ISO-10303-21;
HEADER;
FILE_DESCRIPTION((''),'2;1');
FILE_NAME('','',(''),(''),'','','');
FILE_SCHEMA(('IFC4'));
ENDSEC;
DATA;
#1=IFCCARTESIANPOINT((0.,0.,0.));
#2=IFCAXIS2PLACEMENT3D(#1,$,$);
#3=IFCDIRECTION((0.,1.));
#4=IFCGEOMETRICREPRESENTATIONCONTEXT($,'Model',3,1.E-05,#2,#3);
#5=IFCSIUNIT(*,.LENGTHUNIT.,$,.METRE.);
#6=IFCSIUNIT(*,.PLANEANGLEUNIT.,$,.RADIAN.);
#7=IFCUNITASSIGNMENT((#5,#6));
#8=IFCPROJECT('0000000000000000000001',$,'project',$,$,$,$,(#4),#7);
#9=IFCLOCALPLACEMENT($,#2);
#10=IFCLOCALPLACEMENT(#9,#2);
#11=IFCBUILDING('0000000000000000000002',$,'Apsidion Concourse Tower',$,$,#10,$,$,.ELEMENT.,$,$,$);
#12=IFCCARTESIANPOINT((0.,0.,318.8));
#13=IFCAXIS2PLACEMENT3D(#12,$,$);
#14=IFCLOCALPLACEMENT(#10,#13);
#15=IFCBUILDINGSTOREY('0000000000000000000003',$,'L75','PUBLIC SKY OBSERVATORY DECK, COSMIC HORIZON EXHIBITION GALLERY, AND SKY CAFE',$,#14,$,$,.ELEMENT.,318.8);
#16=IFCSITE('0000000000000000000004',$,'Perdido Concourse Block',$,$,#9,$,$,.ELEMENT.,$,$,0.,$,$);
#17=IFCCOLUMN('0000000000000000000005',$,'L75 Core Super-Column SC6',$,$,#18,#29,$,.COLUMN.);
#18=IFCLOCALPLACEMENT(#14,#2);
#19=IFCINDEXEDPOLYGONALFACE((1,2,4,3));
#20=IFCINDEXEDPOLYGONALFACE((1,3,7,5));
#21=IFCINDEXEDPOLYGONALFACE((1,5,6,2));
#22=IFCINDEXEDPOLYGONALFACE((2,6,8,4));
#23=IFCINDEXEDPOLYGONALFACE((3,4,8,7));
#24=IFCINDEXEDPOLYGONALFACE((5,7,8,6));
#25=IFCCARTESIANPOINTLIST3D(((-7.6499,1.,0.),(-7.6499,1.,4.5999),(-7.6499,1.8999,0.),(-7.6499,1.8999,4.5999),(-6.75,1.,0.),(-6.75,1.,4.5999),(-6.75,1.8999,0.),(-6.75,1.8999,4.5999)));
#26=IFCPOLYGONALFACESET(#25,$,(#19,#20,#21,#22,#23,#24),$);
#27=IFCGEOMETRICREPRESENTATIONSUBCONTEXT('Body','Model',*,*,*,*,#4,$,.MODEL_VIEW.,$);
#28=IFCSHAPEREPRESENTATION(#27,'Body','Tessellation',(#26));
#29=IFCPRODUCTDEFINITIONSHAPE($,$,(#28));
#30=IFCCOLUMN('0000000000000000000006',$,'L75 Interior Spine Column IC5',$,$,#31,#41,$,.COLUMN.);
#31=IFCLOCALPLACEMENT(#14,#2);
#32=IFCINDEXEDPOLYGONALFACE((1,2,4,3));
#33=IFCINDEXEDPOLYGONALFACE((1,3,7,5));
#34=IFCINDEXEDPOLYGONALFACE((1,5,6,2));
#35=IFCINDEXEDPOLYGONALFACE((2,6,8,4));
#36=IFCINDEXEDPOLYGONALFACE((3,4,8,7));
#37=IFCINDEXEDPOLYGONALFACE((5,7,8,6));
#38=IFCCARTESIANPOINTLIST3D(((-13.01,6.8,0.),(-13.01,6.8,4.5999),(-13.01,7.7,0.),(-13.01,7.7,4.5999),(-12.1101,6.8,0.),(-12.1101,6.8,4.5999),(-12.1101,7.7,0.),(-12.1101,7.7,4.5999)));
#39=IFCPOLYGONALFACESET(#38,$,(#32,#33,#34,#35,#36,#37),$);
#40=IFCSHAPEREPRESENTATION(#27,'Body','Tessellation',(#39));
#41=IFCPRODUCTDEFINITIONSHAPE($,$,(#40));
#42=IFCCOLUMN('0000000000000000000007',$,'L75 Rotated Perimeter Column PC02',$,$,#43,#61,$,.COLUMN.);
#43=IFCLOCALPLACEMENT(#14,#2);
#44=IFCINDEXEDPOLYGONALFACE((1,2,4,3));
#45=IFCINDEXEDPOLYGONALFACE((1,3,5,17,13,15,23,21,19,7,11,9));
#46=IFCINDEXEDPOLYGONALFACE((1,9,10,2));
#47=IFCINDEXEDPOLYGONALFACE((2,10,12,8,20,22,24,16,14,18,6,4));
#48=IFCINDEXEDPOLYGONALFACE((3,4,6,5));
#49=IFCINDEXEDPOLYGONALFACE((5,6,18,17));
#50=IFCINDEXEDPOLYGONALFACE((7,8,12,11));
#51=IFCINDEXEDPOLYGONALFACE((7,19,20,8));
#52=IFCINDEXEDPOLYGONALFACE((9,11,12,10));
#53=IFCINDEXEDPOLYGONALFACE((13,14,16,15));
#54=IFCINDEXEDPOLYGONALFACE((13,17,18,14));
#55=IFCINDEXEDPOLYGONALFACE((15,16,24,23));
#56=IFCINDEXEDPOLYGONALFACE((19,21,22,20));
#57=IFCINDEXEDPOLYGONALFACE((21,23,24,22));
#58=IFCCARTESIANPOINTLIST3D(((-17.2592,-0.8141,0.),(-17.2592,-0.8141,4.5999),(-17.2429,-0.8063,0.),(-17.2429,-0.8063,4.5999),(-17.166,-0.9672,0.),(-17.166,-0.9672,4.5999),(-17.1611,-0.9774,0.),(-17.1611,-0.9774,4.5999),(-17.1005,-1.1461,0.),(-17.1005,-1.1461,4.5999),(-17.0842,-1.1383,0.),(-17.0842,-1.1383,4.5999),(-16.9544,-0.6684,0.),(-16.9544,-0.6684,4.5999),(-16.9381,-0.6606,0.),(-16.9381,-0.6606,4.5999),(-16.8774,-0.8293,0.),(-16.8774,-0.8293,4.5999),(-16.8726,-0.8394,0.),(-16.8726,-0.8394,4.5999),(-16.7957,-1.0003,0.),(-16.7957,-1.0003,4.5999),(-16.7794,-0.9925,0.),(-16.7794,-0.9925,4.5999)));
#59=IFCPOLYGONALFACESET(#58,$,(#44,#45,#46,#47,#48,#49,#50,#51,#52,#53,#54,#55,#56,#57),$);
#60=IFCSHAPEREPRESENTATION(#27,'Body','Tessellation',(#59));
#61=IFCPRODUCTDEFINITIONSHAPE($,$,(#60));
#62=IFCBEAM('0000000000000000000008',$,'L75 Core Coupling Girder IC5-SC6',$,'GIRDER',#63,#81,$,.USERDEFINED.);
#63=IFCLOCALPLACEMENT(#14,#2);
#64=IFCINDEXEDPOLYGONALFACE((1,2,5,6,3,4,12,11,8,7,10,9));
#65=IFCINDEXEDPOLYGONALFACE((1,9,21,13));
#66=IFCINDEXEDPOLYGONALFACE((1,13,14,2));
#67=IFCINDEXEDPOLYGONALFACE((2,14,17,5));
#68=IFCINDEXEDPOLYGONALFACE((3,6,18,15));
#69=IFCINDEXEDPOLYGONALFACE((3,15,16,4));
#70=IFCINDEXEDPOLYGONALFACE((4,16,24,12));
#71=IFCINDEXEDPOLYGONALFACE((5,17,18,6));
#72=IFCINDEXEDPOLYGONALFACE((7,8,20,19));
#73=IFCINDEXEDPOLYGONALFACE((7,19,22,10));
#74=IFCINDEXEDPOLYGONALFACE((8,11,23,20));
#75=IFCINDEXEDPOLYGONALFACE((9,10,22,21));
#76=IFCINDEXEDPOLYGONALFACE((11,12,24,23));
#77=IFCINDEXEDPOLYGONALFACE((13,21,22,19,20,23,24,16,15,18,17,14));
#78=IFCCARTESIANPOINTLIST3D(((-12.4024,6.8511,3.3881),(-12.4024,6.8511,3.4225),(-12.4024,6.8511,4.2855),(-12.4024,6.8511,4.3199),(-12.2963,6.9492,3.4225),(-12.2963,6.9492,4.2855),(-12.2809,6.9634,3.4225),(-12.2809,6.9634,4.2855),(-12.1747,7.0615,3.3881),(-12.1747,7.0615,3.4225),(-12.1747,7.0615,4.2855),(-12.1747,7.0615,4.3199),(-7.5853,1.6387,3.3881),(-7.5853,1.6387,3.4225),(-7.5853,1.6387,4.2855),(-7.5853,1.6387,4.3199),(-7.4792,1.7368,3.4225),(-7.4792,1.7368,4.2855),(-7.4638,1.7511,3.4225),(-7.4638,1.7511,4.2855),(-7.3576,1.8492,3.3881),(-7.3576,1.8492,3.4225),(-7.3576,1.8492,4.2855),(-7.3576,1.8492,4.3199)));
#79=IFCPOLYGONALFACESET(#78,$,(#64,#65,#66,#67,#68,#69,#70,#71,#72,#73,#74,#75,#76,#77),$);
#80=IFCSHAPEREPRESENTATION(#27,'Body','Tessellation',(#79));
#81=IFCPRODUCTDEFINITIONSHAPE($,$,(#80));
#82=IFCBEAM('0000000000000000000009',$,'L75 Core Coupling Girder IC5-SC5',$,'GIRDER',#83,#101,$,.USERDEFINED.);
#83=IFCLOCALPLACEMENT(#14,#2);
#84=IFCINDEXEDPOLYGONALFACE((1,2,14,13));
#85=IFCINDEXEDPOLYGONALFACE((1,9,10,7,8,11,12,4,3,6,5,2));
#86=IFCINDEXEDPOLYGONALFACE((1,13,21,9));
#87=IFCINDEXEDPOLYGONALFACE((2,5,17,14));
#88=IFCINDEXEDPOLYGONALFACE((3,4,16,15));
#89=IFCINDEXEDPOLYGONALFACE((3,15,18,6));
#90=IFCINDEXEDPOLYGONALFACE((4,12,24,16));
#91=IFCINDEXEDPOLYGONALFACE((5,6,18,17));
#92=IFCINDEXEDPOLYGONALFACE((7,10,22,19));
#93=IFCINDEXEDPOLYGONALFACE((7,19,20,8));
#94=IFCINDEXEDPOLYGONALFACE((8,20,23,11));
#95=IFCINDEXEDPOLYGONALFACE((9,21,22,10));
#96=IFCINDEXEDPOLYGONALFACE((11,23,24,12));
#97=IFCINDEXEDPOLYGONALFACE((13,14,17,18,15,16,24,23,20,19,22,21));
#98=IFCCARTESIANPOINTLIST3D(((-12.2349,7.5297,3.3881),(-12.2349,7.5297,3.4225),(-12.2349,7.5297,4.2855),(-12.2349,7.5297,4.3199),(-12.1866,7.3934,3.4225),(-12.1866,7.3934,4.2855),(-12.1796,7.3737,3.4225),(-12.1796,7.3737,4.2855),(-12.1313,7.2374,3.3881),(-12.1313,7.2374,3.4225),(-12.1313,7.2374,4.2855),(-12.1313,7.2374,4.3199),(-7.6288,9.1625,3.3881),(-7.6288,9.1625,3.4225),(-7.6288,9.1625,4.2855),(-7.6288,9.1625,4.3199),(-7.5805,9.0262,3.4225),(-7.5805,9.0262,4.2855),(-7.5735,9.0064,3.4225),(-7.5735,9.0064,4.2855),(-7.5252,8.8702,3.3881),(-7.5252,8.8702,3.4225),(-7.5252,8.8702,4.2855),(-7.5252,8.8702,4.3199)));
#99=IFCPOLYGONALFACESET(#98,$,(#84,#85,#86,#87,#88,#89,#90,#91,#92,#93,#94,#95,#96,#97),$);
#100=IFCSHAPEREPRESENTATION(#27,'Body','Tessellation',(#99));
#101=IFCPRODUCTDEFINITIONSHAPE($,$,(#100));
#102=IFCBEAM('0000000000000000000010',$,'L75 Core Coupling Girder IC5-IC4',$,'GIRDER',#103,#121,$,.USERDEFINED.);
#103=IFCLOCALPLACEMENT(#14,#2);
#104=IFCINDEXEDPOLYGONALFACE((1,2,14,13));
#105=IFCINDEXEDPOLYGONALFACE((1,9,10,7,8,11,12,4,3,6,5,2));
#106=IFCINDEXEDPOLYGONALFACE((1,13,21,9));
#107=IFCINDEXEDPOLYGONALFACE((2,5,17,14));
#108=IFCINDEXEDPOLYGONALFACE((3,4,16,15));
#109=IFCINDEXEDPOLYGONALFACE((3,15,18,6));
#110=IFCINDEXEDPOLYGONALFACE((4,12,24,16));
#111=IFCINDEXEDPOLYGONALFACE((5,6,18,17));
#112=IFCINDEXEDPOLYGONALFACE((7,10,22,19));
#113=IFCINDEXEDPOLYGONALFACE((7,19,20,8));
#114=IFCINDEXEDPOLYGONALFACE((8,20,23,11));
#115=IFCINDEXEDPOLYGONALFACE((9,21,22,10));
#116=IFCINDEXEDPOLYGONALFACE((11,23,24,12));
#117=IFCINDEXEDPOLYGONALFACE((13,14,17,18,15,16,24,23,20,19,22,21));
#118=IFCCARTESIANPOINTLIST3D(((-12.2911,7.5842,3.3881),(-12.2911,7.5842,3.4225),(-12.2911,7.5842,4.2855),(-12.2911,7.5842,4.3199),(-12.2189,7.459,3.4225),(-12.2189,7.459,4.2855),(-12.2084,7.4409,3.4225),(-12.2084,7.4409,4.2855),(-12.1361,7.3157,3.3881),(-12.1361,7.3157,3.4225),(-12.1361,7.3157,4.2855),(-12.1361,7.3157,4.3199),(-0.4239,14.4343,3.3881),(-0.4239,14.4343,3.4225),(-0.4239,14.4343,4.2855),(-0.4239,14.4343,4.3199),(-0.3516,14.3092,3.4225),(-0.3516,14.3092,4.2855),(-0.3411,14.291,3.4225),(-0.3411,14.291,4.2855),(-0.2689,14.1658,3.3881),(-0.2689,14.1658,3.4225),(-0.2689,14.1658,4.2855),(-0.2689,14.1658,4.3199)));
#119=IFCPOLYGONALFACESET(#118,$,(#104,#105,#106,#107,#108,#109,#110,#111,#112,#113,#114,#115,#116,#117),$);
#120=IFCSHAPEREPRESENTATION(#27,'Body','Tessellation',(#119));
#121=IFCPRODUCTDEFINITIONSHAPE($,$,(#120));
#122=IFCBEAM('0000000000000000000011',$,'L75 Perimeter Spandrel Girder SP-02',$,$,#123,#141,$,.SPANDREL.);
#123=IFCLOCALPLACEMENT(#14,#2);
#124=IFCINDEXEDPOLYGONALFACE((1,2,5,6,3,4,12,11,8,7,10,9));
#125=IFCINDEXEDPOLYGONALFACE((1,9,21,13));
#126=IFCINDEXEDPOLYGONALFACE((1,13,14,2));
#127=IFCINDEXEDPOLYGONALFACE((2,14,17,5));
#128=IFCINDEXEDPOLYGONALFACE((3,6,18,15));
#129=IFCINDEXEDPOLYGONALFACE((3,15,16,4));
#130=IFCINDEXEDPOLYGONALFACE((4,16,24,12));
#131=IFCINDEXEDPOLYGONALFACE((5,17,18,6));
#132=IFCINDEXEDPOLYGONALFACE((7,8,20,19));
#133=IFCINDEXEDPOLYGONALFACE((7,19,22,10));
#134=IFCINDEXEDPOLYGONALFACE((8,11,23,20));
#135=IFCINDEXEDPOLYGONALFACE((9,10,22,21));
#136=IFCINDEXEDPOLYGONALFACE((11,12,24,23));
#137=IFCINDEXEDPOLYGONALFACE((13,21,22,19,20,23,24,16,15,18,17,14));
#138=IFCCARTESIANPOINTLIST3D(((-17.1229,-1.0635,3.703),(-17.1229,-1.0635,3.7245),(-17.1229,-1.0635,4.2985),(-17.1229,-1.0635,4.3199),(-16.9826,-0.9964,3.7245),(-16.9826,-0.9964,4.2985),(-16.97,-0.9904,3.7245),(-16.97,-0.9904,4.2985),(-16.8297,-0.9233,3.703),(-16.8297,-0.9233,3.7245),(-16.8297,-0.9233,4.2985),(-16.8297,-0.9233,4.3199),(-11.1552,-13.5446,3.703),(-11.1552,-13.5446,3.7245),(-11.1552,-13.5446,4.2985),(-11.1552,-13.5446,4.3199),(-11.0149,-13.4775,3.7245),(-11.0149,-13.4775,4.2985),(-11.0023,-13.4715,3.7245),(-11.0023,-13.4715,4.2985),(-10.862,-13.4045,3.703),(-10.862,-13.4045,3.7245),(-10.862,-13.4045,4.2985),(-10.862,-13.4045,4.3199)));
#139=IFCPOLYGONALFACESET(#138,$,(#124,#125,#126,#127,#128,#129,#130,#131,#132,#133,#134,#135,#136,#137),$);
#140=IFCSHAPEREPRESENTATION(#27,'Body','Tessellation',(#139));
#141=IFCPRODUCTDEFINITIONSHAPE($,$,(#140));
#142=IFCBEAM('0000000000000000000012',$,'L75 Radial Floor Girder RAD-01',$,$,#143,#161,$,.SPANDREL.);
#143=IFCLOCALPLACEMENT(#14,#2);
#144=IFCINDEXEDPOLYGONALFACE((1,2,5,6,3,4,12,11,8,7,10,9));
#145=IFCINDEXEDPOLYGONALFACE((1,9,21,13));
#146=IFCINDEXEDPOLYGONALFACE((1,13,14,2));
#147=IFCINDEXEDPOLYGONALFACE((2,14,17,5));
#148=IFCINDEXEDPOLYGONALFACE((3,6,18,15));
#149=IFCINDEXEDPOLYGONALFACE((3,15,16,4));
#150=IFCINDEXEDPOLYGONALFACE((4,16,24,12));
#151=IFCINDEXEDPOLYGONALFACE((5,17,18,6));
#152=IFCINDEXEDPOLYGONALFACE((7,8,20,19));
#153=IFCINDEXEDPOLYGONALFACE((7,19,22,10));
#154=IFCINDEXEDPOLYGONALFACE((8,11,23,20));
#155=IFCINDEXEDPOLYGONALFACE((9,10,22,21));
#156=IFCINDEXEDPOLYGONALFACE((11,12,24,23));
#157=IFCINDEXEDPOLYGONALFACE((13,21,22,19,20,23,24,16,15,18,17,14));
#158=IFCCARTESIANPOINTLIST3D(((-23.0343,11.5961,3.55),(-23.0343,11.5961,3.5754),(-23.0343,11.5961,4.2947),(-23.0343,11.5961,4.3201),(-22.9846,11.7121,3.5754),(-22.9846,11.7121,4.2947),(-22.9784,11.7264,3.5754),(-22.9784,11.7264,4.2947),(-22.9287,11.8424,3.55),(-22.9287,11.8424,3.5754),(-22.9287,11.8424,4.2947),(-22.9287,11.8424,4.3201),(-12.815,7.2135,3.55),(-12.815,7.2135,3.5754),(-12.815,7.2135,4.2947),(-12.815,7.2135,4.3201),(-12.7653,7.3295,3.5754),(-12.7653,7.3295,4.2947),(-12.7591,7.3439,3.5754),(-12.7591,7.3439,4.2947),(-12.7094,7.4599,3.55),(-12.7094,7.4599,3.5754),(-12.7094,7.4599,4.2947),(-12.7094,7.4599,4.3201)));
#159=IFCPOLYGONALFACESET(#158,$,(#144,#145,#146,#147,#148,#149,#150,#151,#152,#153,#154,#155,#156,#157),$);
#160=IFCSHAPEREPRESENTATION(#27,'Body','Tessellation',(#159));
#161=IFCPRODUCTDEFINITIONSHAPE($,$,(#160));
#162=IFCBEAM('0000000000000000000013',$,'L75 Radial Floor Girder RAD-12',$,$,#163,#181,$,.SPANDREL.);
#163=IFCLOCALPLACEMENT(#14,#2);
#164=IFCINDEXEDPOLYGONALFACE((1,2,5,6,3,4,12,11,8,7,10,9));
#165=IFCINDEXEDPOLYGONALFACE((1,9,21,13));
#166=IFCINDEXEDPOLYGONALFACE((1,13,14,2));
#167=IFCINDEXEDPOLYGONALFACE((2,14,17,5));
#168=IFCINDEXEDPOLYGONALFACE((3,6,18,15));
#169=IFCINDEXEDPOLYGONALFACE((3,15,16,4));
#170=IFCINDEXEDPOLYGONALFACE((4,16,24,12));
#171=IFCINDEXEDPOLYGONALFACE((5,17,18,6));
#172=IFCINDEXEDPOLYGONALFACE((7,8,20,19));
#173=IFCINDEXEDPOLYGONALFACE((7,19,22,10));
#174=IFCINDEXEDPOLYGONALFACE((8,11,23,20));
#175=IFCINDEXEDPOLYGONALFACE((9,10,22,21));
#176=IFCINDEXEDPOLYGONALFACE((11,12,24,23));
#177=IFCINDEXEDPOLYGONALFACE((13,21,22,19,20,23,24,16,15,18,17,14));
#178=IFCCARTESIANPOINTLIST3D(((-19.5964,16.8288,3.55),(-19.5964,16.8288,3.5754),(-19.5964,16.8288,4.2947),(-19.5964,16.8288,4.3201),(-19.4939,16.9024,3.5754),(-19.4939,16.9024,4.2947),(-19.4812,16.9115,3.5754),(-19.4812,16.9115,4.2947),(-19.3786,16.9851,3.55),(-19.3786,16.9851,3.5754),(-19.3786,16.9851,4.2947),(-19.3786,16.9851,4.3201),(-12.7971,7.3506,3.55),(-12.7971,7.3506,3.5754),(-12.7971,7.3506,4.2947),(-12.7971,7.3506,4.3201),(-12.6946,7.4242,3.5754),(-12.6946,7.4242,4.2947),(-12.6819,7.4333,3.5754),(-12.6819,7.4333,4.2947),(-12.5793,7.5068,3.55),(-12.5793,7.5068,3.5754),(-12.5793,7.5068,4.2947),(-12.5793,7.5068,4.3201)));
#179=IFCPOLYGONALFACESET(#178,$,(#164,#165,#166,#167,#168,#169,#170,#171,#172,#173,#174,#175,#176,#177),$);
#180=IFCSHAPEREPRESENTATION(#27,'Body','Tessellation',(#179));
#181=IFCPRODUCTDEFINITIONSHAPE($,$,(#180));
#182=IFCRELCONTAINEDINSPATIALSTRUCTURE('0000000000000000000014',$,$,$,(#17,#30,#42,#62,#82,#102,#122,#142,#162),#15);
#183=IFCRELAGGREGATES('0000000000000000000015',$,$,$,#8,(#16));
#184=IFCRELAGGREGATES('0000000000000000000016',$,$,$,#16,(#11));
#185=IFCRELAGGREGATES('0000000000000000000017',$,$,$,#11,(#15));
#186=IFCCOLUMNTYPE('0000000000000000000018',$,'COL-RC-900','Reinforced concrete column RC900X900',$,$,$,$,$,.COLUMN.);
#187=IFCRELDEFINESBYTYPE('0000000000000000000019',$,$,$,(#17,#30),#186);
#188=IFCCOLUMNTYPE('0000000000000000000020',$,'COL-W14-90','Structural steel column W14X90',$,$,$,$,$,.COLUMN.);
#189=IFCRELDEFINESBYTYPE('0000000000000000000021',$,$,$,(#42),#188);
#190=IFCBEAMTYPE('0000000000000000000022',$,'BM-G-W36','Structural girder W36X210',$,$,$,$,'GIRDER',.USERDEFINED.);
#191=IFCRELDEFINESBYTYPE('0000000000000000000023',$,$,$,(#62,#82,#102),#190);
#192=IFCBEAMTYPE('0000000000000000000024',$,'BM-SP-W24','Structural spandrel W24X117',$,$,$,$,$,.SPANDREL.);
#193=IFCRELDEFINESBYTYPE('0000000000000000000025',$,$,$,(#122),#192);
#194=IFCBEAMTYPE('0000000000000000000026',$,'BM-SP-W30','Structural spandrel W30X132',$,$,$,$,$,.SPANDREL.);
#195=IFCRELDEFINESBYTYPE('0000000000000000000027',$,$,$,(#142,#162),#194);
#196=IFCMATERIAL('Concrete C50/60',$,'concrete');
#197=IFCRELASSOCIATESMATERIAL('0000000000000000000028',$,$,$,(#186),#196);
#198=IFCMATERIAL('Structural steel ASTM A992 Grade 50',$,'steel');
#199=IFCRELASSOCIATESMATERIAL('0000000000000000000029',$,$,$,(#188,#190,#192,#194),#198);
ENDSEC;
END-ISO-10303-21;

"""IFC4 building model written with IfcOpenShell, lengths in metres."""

from ifc_helpers import new_model, si_unit, direction, frame, origin, origin_2d, place, context, subcontext, project, spatial, rectangle, i_section, extrude, material, material_profile, profile_set, type_object, element, save


model = new_model("IFC4")

# Units and contexts
model_context = context("Model", 3, precision=1e-05, world=origin(), true_north=direction((0.0, 1.0)))
body_context = subcontext(model_context, "Body", "Model", "MODEL_VIEW")
ifc_project = project(units=[si_unit("LENGTHUNIT", "METRE"), si_unit("PLANEANGLEUNIT", "RADIAN")], contexts=[model_context])

# Site, building, storey
site_placement = place(None, origin())
site = spatial("IfcSite", under=ifc_project, at=site_placement, Name="Perdido Concourse Block", CompositionType="ELEMENT", RefElevation=0.0)
building_placement = place(site_placement, origin())
building = spatial("IfcBuilding", under=site, at=building_placement, Name="Apsidion Concourse Tower", CompositionType="ELEMENT")
storey_placement = place(building_placement, frame((0.0, 0.0, 318.8)))
storey = spatial("IfcBuildingStorey", under=building, at=storey_placement, Name="L75", Description="PUBLIC SKY OBSERVATORY DECK, COSMIC HORIZON EXHIBITION GALLERY, AND SKY CAFE", CompositionType="ELEMENT", Elevation=318.8)

# Columns
ifc_material_1 = material(Name="Concrete C50/60", Category="concrete")
ifc_material_profile_1 = material_profile(ifc_material_1, rectangle(XDim=0.8999, YDim=0.8999, at=origin_2d()), Name="RC 900x900")
ifc_profile_set_1 = profile_set([ifc_material_profile_1], Name="Concrete C50/60")
column_type_1 = type_object("IfcColumnType", Name="COL-RC-900", Description="Reinforced concrete column RC900X900", PredefinedType="COLUMN", material=ifc_profile_set_1)
for number, where, z_axis, x_axis, name in (
    (1, (-7.2, 1.45, 0.0), (0.0, 0.0, 1.0), (1.0, 0.0, 0.0), "L75 Core Super-Column SC6"),
    (2, (-12.5601, 7.25, 0.0), (0.0, 0.0, 1.0), (1.0, 0.0, 0.0), "L75 Interior Spine Column IC5"),
):
    element("IfcColumn", number, at=place(storey_placement, frame(where, z_axis=z_axis, x_axis=x_axis)), inside=storey, type_object=column_type_1, Name=name, PredefinedType="COLUMN", context=body_context, shape_type="SweptSolid", body=[
        extrude(rectangle(XDim=0.8999, YDim=0.8999, at=origin_2d()), origin(), (0.0, 0.0, 1.0), 4.5999),
    ])
ifc_material_2 = material(Name="Structural steel ASTM A992 Grade 50", Category="steel")
ifc_material_profile_2 = material_profile(ifc_material_2, i_section(OverallWidth=0.3679, OverallDepth=0.356, WebThickness=0.0112, FlangeThickness=0.0181, at=origin_2d()), Name="W14X90")
ifc_profile_set_2 = profile_set([ifc_material_profile_2], Name="Structural steel ASTM A992 Grade 50")
column_type_2 = type_object("IfcColumnType", Name="COL-W14-90", Description="Structural steel column W14X90", PredefinedType="COLUMN", material=ifc_profile_set_2)
column_placement = place(storey_placement, frame((-17.0193, -0.9033, 0.0), z_axis=(0.0, 0.0, 1.0), x_axis=(-0.431299, 0.902209, 0.0)))
element("IfcColumn", 3, at=column_placement, inside=storey, type_object=column_type_2, Name="L75 Rotated Perimeter Column PC02", PredefinedType="COLUMN", context=body_context, shape_type="SweptSolid", body=[
    extrude(i_section(OverallWidth=0.3679, OverallDepth=0.356, WebThickness=0.0112, FlangeThickness=0.0181, at=origin_2d()), origin(), (0.0, 0.0, 1.0), 4.5999),
])

# Beams
ifc_material_profile_3 = material_profile(ifc_material_2, i_section(OverallWidth=0.3101, OverallDepth=0.9319, WebThickness=0.021, FlangeThickness=0.0344, at=origin_2d()), Name="W36X210")
ifc_profile_set_3 = profile_set([ifc_material_profile_3], Name="Structural steel ASTM A992 Grade 50")
beam_type_1 = type_object("IfcBeamType", Name="BM-G-W36", Description="Structural girder W36X210", ElementType="GIRDER", PredefinedType="USERDEFINED", material=ifc_profile_set_3)
beam_1_placement = place(storey_placement, frame((-12.2886, 6.9563, 3.854), z_axis=(0.678713, -0.734404, 0.0), x_axis=(0.734404, 0.678713, 0.0)))
element("IfcBeam", 4, at=beam_1_placement, inside=storey, type_object=beam_type_1, Name="L75 Core Coupling Girder IC5-SC6", ObjectType="GIRDER", PredefinedType="USERDEFINED", context=body_context, shape_type="SweptSolid", body=[
    extrude(i_section(OverallWidth=0.3101, OverallDepth=0.9319, WebThickness=0.021, FlangeThickness=0.0344, at=origin_2d()), origin(), (0.0, 0.0, 1.0), 7.0974),
])
beam_2_placement = place(storey_placement, frame((-12.1831, 7.3835, 3.854), z_axis=(0.942534, 0.334111, 0.0), x_axis=(-0.334111, 0.942534, 0.0)))
element("IfcBeam", 5, at=beam_2_placement, inside=storey, type_object=beam_type_1, Name="L75 Core Coupling Girder IC5-SC5", ObjectType="GIRDER", PredefinedType="USERDEFINED", context=body_context, shape_type="SweptSolid", body=[
    extrude(i_section(OverallWidth=0.3101, OverallDepth=0.9319, WebThickness=0.021, FlangeThickness=0.0344, at=origin_2d()), origin(), (0.0, 0.0, 1.0), 4.887),
])
beam_3_placement = place(storey_placement, frame((-12.2136, 7.45, 3.854), z_axis=(0.86607, 0.499922, 0.0), x_axis=(-0.499922, 0.86607, 0.0)))
element("IfcBeam", 6, at=beam_3_placement, inside=storey, type_object=beam_type_1, Name="L75 Core Coupling Girder IC5-IC4", ObjectType="GIRDER", PredefinedType="USERDEFINED", context=body_context, shape_type="SweptSolid", body=[
    extrude(i_section(OverallWidth=0.3101, OverallDepth=0.9319, WebThickness=0.021, FlangeThickness=0.0344, at=origin_2d()), origin(), (0.0, 0.0, 1.0), 13.7024),
])
ifc_material_profile_4 = material_profile(ifc_material_2, i_section(OverallWidth=0.325, OverallDepth=0.6169, WebThickness=0.0139, FlangeThickness=0.0215, at=origin_2d()), Name="W24X117")
ifc_profile_set_4 = profile_set([ifc_material_profile_4], Name="Structural steel ASTM A992 Grade 50")
beam_type_2 = type_object("IfcBeamType", Name="BM-SP-W24", Description="Structural spandrel W24X117", PredefinedType="SPANDREL", material=ifc_profile_set_4)
beam_4_placement = place(storey_placement, frame((-16.9763, -0.9934, 4.0115), z_axis=(0.431367, -0.902176, 0.0), x_axis=(0.902176, 0.431367, 0.0)))
element("IfcBeam", 7, at=beam_4_placement, inside=storey, type_object=beam_type_2, Name="L75 Perimeter Spandrel Girder SP-02", PredefinedType="SPANDREL", context=body_context, shape_type="SweptSolid", body=[
    extrude(i_section(OverallWidth=0.325, OverallDepth=0.6169, WebThickness=0.0139, FlangeThickness=0.0215, at=origin_2d()), origin(), (0.0, 0.0, 1.0), 13.8345),
])
ifc_material_profile_5 = material_profile(ifc_material_2, i_section(OverallWidth=0.2681, OverallDepth=0.77, WebThickness=0.0156, FlangeThickness=0.0254, at=origin_2d()), Name="W30X132")
ifc_profile_set_5 = profile_set([ifc_material_profile_5], Name="Structural steel ASTM A992 Grade 50")
beam_type_3 = type_object("IfcBeamType", Name="BM-SP-W30", Description="Structural spandrel W30X132", PredefinedType="SPANDREL", material=ifc_profile_set_5)
beam_5_placement = place(storey_placement, frame((-12.7622, 7.3367, 3.9351), z_axis=(-0.919051, 0.394139, 0.0), x_axis=(-0.394139, -0.919051, 0.0)))
element("IfcBeam", 8, at=beam_5_placement, inside=storey, type_object=beam_type_3, Name="L75 Radial Floor Girder RAD-01", PredefinedType="SPANDREL", context=body_context, shape_type="SweptSolid", body=[
    extrude(i_section(OverallWidth=0.2681, OverallDepth=0.77, WebThickness=0.0156, FlangeThickness=0.0254, at=origin_2d()), origin(), (0.0, 0.0, 1.0), 11.1194),
])
beam_6_placement = place(storey_placement, frame((-12.6882, 7.4287, 3.9351), z_axis=(-0.58289, 0.812551, 0.0), x_axis=(-0.812551, -0.58289, 0.0)))
element("IfcBeam", 9, at=beam_6_placement, inside=storey, type_object=beam_type_3, Name="L75 Radial Floor Girder RAD-12", PredefinedType="SPANDREL", context=body_context, shape_type="SweptSolid", body=[
    extrude(i_section(OverallWidth=0.2681, OverallDepth=0.77, WebThickness=0.0156, FlangeThickness=0.0254, at=origin_2d()), origin(), (0.0, 0.0, 1.0), 11.6648),
])

save(model, "model.ifc")
